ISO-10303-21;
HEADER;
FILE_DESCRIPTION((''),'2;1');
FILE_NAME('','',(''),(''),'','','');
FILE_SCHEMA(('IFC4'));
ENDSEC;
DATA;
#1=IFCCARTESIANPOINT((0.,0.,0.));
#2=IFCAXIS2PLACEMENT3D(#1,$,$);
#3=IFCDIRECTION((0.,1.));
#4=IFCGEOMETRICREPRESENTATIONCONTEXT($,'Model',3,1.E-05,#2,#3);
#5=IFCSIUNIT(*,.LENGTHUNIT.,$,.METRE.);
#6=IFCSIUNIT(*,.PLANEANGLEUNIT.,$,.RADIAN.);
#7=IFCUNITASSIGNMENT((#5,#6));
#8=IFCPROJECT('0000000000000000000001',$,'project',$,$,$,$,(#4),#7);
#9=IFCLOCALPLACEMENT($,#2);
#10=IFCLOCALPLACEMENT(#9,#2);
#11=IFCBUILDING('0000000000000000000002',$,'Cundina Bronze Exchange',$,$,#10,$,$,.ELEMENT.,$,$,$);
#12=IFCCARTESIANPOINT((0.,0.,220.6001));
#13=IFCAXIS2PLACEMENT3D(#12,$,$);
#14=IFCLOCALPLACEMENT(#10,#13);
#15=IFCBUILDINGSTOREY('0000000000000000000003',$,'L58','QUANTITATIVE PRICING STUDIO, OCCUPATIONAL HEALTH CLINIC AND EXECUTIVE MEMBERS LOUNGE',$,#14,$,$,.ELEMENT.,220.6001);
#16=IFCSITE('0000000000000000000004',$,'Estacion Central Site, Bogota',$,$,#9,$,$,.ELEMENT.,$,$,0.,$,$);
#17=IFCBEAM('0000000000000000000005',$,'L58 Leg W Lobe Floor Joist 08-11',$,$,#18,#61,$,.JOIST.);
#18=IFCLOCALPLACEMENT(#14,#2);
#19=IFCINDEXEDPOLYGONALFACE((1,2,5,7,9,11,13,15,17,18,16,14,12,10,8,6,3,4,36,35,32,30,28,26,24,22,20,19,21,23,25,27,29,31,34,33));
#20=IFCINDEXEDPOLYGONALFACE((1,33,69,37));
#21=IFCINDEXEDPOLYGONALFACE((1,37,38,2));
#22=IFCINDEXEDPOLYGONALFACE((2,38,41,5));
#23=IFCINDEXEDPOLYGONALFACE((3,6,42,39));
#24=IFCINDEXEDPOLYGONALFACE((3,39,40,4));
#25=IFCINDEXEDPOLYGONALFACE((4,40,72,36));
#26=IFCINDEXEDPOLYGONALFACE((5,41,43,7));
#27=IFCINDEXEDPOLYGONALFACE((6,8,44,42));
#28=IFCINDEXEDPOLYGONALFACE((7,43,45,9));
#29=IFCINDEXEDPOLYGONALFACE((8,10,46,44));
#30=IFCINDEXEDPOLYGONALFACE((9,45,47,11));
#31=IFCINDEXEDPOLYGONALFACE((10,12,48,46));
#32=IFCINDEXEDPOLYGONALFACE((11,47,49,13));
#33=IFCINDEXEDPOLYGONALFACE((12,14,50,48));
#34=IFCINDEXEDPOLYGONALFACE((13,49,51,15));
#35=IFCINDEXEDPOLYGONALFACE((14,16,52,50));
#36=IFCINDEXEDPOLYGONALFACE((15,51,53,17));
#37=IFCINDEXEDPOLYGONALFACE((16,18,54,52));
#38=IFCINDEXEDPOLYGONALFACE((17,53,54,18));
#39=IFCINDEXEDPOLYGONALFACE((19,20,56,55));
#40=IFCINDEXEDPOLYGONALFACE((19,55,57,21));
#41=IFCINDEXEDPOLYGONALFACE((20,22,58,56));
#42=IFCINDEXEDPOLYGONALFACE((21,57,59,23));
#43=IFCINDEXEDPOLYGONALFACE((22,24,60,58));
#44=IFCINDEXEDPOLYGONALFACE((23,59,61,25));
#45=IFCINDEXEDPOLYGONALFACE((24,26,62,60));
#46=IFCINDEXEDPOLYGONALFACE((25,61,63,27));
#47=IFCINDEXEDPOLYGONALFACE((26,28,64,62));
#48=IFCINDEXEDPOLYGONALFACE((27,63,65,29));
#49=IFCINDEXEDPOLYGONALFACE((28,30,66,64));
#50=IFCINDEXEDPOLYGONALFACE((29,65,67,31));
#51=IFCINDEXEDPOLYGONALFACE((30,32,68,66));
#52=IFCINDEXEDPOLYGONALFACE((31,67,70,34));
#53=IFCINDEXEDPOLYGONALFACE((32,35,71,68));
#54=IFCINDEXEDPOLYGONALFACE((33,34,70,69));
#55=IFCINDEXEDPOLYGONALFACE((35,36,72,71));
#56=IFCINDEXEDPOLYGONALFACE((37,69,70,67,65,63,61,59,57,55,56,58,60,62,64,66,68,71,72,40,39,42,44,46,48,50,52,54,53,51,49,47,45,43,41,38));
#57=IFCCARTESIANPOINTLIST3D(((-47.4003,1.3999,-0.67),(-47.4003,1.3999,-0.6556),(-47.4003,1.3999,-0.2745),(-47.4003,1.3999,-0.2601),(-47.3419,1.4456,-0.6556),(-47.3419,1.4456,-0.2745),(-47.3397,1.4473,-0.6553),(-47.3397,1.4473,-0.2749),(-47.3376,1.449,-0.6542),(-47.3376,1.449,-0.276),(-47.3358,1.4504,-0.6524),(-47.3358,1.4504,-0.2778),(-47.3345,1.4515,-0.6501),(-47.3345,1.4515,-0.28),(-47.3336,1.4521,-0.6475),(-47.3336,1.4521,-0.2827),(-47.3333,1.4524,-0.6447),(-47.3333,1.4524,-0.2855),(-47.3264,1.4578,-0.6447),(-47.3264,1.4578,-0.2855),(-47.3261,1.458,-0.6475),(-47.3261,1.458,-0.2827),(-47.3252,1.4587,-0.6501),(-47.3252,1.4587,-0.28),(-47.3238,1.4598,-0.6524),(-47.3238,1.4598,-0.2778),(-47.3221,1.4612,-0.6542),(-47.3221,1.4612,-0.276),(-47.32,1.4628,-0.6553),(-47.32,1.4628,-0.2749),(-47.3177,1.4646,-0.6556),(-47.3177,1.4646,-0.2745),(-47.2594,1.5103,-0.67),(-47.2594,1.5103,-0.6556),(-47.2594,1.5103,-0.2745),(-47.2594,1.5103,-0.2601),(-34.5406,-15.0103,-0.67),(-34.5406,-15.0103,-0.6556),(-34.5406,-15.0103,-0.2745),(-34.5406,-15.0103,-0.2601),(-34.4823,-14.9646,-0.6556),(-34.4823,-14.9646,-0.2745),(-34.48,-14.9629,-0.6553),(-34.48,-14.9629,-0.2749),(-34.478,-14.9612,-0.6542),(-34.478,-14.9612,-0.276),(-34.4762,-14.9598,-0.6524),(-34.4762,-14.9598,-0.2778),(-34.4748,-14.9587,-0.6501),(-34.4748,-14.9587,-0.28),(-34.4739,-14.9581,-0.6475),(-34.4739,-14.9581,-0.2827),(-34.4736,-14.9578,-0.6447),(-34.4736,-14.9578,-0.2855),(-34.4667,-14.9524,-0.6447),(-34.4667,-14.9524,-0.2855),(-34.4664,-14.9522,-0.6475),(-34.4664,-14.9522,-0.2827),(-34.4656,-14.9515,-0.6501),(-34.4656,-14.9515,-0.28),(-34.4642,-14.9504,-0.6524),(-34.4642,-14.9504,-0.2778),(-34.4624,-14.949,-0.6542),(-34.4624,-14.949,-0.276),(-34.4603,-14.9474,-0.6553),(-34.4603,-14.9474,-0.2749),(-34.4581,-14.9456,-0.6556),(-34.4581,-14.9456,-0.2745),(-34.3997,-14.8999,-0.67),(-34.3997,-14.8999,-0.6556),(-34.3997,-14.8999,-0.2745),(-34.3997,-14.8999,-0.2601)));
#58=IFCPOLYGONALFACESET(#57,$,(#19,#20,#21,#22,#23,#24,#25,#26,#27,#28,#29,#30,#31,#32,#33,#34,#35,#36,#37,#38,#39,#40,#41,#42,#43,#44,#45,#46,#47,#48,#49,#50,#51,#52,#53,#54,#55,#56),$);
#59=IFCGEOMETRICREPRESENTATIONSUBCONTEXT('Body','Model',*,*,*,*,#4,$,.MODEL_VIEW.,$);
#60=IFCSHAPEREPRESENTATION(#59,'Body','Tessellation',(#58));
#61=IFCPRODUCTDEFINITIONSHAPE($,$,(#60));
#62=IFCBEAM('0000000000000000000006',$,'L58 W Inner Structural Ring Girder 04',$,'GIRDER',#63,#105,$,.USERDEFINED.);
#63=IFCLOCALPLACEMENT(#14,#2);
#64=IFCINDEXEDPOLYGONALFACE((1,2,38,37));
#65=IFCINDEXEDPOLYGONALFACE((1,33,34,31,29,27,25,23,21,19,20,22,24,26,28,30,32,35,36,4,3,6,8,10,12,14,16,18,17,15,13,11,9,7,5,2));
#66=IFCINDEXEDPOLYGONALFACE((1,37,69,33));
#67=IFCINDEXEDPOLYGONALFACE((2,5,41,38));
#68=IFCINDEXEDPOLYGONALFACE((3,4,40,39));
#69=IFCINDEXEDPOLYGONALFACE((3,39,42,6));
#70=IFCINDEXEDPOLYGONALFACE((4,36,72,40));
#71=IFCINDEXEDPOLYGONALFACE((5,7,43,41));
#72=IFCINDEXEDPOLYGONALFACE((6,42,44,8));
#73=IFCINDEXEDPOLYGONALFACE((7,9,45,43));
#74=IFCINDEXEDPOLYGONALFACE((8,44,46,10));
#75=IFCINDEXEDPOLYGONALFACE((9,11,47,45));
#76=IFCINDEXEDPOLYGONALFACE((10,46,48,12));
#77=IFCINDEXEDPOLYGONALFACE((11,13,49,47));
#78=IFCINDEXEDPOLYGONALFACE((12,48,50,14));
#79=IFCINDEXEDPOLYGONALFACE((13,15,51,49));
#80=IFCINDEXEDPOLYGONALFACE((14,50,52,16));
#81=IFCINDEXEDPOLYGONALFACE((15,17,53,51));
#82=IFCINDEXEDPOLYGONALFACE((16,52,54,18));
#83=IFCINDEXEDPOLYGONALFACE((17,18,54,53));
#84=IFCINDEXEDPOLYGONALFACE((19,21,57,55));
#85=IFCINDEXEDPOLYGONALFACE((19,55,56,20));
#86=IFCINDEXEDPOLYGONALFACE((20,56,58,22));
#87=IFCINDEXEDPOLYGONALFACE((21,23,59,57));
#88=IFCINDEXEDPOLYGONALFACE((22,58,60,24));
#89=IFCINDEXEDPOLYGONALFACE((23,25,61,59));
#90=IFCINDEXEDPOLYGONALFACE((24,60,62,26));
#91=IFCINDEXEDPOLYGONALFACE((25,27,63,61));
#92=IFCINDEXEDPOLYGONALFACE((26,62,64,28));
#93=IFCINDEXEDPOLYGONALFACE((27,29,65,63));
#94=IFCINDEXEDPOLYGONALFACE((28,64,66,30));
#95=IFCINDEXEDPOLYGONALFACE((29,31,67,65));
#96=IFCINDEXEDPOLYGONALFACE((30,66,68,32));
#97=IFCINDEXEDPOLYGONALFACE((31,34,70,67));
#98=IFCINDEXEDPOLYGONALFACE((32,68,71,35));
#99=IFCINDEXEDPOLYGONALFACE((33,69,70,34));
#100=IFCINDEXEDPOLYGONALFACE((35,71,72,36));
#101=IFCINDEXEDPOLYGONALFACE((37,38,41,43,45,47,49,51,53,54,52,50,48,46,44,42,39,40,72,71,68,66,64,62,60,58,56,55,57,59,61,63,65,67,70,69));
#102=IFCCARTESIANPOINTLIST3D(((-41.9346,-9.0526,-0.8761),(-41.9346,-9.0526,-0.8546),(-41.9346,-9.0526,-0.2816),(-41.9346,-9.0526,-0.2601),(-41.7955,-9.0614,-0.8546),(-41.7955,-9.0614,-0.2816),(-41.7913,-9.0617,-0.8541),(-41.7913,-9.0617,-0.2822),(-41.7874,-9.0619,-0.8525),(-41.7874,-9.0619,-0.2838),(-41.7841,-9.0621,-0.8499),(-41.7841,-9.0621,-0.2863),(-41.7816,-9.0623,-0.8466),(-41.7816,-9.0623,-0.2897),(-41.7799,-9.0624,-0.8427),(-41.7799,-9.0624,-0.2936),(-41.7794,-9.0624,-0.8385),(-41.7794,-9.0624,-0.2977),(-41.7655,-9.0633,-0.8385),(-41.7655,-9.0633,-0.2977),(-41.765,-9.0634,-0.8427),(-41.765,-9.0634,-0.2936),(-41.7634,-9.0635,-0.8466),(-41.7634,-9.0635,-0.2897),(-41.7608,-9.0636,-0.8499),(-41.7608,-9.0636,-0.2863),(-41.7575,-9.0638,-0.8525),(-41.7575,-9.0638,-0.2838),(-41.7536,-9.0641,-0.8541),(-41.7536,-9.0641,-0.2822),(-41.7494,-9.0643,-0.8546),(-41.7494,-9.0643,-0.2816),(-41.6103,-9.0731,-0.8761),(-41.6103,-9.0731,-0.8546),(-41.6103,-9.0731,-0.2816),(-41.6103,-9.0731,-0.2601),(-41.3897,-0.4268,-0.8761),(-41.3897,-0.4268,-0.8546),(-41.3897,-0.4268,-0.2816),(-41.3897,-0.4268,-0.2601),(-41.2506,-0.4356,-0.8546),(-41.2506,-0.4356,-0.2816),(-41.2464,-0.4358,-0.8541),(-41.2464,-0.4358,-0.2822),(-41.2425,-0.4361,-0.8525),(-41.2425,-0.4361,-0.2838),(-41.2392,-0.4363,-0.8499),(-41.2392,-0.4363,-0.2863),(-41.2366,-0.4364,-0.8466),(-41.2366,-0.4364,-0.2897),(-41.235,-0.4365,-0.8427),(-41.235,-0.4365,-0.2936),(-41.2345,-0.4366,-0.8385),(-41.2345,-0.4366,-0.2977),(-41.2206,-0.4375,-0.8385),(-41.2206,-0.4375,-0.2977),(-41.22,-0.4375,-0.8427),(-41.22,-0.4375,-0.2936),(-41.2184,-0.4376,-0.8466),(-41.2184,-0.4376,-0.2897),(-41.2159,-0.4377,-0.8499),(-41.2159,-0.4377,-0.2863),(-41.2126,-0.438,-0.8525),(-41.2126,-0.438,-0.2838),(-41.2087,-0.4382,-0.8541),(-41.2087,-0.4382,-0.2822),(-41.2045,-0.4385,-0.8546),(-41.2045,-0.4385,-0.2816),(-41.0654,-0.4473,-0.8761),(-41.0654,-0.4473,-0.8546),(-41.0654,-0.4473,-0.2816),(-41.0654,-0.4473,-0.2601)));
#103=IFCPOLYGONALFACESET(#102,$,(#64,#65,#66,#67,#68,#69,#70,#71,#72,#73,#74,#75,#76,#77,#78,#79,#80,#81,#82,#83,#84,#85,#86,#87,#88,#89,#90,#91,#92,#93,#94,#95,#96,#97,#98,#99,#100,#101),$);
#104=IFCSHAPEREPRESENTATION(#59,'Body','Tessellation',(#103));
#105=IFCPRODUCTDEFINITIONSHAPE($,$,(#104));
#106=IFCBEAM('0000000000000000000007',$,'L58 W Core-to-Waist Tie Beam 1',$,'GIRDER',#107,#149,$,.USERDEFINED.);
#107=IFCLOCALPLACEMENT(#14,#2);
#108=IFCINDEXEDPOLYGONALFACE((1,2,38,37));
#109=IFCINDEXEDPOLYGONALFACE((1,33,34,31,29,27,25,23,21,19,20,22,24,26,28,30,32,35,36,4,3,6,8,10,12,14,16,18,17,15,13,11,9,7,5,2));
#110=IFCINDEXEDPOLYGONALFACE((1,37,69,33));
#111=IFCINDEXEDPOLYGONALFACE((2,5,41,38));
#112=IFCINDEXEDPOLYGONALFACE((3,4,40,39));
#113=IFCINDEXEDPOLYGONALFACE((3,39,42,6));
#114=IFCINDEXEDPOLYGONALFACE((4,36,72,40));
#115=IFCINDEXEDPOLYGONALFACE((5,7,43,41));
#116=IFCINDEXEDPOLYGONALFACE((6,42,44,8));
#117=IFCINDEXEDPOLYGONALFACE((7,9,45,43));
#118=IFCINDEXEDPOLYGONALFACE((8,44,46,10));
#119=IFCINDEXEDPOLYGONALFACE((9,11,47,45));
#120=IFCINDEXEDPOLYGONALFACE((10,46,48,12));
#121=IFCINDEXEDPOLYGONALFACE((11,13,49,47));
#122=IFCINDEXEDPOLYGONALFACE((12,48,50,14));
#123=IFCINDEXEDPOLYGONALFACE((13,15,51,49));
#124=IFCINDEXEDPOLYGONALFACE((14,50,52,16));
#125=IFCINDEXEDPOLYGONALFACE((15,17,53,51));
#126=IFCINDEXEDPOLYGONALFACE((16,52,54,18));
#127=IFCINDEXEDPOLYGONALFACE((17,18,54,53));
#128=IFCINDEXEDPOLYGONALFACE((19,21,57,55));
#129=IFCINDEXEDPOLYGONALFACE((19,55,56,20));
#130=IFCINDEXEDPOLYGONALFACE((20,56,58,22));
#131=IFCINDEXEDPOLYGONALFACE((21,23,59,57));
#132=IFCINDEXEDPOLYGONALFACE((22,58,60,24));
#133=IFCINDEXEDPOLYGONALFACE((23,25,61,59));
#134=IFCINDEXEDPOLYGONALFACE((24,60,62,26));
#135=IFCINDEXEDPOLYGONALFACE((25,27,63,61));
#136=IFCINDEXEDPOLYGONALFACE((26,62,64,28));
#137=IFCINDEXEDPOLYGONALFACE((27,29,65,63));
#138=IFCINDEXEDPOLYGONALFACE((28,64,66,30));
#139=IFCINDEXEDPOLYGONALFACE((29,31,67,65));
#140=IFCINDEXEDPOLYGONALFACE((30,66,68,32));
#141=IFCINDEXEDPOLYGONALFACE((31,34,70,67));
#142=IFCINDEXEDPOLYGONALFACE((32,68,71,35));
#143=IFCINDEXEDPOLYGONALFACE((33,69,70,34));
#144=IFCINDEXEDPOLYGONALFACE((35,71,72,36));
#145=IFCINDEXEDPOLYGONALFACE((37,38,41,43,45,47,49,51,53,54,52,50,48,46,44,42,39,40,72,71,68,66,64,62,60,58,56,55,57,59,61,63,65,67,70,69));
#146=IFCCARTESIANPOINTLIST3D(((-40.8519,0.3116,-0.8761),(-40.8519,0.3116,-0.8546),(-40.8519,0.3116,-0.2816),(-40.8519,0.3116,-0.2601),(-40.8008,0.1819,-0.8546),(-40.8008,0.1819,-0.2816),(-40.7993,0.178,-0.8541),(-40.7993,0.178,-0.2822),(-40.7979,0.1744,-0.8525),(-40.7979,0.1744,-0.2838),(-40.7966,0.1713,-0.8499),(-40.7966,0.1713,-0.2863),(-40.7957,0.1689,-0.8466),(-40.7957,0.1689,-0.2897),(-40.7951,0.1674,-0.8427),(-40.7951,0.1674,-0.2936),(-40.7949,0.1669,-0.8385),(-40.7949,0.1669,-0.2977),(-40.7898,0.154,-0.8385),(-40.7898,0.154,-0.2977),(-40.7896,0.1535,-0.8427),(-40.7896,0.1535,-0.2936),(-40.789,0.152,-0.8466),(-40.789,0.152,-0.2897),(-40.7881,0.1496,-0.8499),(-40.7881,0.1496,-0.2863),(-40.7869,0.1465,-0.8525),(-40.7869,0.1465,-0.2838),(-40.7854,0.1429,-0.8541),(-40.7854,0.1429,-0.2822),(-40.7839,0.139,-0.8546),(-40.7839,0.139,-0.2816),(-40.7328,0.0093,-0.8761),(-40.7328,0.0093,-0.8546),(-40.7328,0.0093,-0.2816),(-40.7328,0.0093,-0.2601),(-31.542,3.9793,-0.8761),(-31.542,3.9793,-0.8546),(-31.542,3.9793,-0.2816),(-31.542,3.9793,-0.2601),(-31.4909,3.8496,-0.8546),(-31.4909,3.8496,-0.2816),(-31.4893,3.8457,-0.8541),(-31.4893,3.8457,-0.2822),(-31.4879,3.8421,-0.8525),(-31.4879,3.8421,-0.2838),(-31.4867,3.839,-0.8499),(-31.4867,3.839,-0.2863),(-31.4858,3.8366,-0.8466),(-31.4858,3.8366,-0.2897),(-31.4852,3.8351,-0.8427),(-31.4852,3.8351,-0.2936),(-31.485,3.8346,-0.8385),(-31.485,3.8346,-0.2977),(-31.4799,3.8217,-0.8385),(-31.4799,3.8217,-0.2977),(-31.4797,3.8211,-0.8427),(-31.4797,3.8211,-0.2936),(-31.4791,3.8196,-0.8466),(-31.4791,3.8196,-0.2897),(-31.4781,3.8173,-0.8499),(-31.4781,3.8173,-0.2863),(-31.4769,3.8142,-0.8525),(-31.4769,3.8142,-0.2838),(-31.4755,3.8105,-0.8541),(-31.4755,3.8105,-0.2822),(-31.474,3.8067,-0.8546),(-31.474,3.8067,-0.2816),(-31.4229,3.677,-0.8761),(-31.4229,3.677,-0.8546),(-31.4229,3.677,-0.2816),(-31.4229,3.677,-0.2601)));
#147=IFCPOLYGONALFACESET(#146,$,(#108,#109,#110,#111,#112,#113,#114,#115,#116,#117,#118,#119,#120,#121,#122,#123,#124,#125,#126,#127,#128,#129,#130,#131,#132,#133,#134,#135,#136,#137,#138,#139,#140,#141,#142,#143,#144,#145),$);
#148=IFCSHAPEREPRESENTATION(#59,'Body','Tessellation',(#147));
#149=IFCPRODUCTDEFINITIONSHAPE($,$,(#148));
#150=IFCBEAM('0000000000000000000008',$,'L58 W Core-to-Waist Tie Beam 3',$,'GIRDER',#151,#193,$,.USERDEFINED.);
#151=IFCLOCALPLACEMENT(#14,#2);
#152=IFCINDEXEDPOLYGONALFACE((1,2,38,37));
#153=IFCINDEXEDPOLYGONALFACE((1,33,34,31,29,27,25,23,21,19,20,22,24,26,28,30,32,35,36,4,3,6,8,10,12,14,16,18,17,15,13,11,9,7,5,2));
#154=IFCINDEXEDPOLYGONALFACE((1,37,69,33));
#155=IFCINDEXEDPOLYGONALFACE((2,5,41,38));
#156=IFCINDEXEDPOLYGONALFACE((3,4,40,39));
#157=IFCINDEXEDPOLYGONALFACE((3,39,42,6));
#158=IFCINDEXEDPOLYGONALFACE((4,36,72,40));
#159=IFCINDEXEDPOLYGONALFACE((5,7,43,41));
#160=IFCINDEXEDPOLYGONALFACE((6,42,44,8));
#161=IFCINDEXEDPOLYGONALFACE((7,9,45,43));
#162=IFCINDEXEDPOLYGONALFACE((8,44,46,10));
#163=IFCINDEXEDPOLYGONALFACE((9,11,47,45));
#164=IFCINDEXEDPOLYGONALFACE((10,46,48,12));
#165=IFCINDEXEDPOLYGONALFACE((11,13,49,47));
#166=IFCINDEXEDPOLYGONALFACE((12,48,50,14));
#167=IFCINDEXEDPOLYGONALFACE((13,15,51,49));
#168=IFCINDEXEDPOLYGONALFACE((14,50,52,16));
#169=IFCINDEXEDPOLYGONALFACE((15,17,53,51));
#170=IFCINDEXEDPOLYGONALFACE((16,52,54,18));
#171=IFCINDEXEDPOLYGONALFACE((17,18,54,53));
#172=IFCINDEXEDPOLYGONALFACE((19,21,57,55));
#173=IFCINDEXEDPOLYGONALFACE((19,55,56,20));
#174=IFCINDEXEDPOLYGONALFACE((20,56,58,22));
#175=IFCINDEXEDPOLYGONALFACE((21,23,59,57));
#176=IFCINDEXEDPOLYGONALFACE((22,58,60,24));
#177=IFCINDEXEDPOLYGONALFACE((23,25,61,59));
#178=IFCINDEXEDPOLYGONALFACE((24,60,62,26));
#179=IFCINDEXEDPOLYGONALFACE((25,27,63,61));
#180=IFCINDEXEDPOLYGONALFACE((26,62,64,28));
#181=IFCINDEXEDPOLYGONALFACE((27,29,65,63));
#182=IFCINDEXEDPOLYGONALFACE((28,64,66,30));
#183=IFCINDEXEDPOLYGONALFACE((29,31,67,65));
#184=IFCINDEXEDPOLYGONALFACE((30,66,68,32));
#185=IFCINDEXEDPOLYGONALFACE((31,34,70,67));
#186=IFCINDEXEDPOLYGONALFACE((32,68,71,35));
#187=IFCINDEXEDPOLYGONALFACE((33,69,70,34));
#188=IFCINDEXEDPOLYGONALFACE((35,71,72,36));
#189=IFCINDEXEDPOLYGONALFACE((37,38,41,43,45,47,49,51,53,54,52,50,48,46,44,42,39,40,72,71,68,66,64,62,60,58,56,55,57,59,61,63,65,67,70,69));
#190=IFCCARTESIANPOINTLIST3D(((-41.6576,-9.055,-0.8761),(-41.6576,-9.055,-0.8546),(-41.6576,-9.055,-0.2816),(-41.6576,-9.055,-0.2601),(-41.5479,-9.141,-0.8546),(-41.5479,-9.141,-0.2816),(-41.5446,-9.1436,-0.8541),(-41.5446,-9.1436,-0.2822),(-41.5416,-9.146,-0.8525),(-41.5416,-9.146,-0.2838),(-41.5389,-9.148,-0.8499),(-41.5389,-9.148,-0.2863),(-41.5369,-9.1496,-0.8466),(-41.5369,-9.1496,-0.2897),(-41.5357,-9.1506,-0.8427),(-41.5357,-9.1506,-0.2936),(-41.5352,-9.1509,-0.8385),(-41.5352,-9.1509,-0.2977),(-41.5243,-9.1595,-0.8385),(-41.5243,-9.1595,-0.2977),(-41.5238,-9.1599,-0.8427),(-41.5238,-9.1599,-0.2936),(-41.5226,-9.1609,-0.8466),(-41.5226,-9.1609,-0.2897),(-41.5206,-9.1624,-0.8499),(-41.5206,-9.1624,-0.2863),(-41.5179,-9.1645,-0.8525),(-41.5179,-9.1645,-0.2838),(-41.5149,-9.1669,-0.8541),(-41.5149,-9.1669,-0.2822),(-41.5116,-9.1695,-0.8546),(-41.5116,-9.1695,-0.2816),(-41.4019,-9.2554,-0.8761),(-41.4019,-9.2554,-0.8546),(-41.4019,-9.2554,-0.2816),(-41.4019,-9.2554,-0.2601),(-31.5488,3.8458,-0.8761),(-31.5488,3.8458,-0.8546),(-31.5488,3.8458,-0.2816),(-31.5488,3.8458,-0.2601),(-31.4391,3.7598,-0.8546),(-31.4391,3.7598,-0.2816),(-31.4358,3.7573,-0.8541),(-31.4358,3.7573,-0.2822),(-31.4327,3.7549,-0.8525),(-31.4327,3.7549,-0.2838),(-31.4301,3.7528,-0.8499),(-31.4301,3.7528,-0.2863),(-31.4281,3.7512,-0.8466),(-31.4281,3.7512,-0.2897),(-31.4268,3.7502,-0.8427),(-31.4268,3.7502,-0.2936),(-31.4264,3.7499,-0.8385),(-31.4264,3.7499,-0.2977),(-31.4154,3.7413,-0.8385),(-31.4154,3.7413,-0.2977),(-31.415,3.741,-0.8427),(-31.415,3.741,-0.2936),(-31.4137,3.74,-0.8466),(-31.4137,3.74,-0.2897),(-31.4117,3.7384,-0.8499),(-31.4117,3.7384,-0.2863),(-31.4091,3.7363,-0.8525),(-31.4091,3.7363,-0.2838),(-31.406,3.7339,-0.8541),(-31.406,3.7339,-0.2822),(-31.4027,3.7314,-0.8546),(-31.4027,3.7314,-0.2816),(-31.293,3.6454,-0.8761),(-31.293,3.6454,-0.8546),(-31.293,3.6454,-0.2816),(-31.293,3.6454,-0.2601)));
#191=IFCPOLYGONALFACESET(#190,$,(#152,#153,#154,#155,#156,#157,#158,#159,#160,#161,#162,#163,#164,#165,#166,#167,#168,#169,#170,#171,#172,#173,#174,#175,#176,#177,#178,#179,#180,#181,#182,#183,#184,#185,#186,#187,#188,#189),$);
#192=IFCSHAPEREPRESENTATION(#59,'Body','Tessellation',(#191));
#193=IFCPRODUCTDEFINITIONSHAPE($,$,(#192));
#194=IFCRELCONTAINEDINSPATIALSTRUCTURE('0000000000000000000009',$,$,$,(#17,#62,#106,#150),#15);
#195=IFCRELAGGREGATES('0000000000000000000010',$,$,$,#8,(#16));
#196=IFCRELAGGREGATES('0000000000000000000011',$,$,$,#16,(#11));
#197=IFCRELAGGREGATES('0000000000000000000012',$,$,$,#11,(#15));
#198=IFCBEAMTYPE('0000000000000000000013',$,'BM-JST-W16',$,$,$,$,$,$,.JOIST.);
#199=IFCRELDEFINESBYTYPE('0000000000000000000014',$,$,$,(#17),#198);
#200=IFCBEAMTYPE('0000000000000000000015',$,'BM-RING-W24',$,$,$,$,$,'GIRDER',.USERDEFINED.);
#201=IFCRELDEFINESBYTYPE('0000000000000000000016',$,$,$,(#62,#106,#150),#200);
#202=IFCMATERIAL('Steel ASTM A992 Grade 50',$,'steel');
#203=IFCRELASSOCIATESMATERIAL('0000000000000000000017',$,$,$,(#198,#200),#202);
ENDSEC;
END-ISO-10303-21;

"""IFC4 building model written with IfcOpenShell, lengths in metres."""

from ifc_helpers import new_model, si_unit, direction, frame, origin, origin_2d, place, context, subcontext, project, spatial, i_section, extrude, material, material_profile, profile_set, type_object, element, save


model = new_model("IFC4")

# Units and contexts
model_context = context("Model", 3, precision=1e-05, world=origin(), true_north=direction((0.0, 1.0)))
body_context = subcontext(model_context, "Body", "Model", "MODEL_VIEW")
ifc_project = project(units=[si_unit("LENGTHUNIT", "METRE"), si_unit("PLANEANGLEUNIT", "RADIAN")], contexts=[model_context])

# Site, building, storey
site_placement = place(None, origin())
site = spatial("IfcSite", under=ifc_project, at=site_placement, Name="Estacion Central Site, Bogota", CompositionType="ELEMENT", RefElevation=0.0)
building_placement = place(site_placement, origin())
building = spatial("IfcBuilding", under=site, at=building_placement, Name="Cundina Bronze Exchange", CompositionType="ELEMENT")
storey_placement = place(building_placement, frame((0.0, 0.0, 220.6001)))
storey = spatial("IfcBuildingStorey", under=building, at=storey_placement, Name="L58", Description="QUANTITATIVE PRICING STUDIO, OCCUPATIONAL HEALTH CLINIC AND EXECUTIVE MEMBERS LOUNGE", CompositionType="ELEMENT", Elevation=220.6001)

# Shared definitions
ifc_material_1 = material(Name="Steel ASTM A992 Grade 50", Category="steel")

# Beams
ifc_material_profile_1 = material_profile(ifc_material_1, i_section(OverallWidth=0.179, OverallDepth=0.4099, WebThickness=0.0088, FlangeThickness=0.0144, FilletRadius=0.011, at=origin_2d()), Name="W16X45", Category="steel")
ifc_profile_set_1 = profile_set([ifc_material_profile_1], Name="Steel ASTM A992 Grade 50")
beam_type_1 = type_object("IfcBeamType", Name="BM-JST-W16", PredefinedType="JOIST", material=ifc_profile_set_1)
beam_1_placement = place(storey_placement, frame((-47.3298, 1.4551, -0.4651), z_axis=(0.61681, -0.787112, 0.0), x_axis=(0.787112, 0.61681, 0.0)))
element("IfcBeam", 1, at=beam_1_placement, inside=storey, type_object=beam_type_1, Name="L58 Leg W Lobe Floor Joist 08-11", PredefinedType="JOIST", context=body_context, shape_type="SweptSolid", body=[
    extrude(i_section(OverallWidth=0.179, OverallDepth=0.4099, WebThickness=0.0088, FlangeThickness=0.0144, FilletRadius=0.011, at=origin_2d()), origin(), (0.0, 0.0, 1.0), 20.8486),
])
ifc_material_profile_2 = material_profile(ifc_material_1, i_section(OverallWidth=0.325, OverallDepth=0.616, WebThickness=0.0139, FlangeThickness=0.0215, FilletRadius=0.0161, at=origin_2d()), Name="W24X117", Category="steel")
ifc_profile_set_2 = profile_set([ifc_material_profile_2], Name="Steel ASTM A992 Grade 50")
beam_type_2 = type_object("IfcBeamType", Name="BM-RING-W24", ElementType="GIRDER", PredefinedType="USERDEFINED", material=ifc_profile_set_2)
beam_2_placement = place(storey_placement, frame((-41.2275, -0.437, -0.5681), z_axis=(-0.063047, -0.998011, 0.0), x_axis=(0.998011, -0.063047, 0.0)))
element("IfcBeam", 2, at=beam_2_placement, inside=storey, type_object=beam_type_2, Name="L58 W Inner Structural Ring Girder 04", ObjectType="GIRDER", PredefinedType="USERDEFINED", context=body_context, shape_type="SweptSolid", body=[
    extrude(i_section(OverallWidth=0.325, OverallDepth=0.616, WebThickness=0.0139, FlangeThickness=0.0215, FilletRadius=0.0161, at=origin_2d()), origin(), (0.0, 0.0, 1.0), 8.6431),
])
beam_3_placement = place(storey_placement, frame((-31.4824, 3.8281, -0.5681), z_axis=(-0.930404, -0.366535, 0.0), x_axis=(0.366535, -0.930404, 0.0)))
element("IfcBeam", 3, at=beam_3_placement, inside=storey, type_object=beam_type_2, Name="L58 W Core-to-Waist Tie Beam 1", ObjectType="GIRDER", PredefinedType="USERDEFINED", context=body_context, shape_type="SweptSolid", body=[
    extrude(i_section(OverallWidth=0.325, OverallDepth=0.616, WebThickness=0.0139, FlangeThickness=0.0215, FilletRadius=0.0161, at=origin_2d()), origin(), (0.0, 0.0, 1.0), 10.0063),
])
beam_4_placement = place(storey_placement, frame((-31.4209, 3.7456, -0.5681), z_axis=(-0.616783, -0.787133, 0.0), x_axis=(0.787133, -0.616783, 0.0)))
element("IfcBeam", 4, at=beam_4_placement, inside=storey, type_object=beam_type_2, Name="L58 W Core-to-Waist Tie Beam 3", ObjectType="GIRDER", PredefinedType="USERDEFINED", context=body_context, shape_type="SweptSolid", body=[
    extrude(i_section(OverallWidth=0.325, OverallDepth=0.616, WebThickness=0.0139, FlangeThickness=0.0215, FilletRadius=0.0161, at=origin_2d()), origin(), (0.0, 0.0, 1.0), 16.3896),
])

save(model, "model.ifc")
